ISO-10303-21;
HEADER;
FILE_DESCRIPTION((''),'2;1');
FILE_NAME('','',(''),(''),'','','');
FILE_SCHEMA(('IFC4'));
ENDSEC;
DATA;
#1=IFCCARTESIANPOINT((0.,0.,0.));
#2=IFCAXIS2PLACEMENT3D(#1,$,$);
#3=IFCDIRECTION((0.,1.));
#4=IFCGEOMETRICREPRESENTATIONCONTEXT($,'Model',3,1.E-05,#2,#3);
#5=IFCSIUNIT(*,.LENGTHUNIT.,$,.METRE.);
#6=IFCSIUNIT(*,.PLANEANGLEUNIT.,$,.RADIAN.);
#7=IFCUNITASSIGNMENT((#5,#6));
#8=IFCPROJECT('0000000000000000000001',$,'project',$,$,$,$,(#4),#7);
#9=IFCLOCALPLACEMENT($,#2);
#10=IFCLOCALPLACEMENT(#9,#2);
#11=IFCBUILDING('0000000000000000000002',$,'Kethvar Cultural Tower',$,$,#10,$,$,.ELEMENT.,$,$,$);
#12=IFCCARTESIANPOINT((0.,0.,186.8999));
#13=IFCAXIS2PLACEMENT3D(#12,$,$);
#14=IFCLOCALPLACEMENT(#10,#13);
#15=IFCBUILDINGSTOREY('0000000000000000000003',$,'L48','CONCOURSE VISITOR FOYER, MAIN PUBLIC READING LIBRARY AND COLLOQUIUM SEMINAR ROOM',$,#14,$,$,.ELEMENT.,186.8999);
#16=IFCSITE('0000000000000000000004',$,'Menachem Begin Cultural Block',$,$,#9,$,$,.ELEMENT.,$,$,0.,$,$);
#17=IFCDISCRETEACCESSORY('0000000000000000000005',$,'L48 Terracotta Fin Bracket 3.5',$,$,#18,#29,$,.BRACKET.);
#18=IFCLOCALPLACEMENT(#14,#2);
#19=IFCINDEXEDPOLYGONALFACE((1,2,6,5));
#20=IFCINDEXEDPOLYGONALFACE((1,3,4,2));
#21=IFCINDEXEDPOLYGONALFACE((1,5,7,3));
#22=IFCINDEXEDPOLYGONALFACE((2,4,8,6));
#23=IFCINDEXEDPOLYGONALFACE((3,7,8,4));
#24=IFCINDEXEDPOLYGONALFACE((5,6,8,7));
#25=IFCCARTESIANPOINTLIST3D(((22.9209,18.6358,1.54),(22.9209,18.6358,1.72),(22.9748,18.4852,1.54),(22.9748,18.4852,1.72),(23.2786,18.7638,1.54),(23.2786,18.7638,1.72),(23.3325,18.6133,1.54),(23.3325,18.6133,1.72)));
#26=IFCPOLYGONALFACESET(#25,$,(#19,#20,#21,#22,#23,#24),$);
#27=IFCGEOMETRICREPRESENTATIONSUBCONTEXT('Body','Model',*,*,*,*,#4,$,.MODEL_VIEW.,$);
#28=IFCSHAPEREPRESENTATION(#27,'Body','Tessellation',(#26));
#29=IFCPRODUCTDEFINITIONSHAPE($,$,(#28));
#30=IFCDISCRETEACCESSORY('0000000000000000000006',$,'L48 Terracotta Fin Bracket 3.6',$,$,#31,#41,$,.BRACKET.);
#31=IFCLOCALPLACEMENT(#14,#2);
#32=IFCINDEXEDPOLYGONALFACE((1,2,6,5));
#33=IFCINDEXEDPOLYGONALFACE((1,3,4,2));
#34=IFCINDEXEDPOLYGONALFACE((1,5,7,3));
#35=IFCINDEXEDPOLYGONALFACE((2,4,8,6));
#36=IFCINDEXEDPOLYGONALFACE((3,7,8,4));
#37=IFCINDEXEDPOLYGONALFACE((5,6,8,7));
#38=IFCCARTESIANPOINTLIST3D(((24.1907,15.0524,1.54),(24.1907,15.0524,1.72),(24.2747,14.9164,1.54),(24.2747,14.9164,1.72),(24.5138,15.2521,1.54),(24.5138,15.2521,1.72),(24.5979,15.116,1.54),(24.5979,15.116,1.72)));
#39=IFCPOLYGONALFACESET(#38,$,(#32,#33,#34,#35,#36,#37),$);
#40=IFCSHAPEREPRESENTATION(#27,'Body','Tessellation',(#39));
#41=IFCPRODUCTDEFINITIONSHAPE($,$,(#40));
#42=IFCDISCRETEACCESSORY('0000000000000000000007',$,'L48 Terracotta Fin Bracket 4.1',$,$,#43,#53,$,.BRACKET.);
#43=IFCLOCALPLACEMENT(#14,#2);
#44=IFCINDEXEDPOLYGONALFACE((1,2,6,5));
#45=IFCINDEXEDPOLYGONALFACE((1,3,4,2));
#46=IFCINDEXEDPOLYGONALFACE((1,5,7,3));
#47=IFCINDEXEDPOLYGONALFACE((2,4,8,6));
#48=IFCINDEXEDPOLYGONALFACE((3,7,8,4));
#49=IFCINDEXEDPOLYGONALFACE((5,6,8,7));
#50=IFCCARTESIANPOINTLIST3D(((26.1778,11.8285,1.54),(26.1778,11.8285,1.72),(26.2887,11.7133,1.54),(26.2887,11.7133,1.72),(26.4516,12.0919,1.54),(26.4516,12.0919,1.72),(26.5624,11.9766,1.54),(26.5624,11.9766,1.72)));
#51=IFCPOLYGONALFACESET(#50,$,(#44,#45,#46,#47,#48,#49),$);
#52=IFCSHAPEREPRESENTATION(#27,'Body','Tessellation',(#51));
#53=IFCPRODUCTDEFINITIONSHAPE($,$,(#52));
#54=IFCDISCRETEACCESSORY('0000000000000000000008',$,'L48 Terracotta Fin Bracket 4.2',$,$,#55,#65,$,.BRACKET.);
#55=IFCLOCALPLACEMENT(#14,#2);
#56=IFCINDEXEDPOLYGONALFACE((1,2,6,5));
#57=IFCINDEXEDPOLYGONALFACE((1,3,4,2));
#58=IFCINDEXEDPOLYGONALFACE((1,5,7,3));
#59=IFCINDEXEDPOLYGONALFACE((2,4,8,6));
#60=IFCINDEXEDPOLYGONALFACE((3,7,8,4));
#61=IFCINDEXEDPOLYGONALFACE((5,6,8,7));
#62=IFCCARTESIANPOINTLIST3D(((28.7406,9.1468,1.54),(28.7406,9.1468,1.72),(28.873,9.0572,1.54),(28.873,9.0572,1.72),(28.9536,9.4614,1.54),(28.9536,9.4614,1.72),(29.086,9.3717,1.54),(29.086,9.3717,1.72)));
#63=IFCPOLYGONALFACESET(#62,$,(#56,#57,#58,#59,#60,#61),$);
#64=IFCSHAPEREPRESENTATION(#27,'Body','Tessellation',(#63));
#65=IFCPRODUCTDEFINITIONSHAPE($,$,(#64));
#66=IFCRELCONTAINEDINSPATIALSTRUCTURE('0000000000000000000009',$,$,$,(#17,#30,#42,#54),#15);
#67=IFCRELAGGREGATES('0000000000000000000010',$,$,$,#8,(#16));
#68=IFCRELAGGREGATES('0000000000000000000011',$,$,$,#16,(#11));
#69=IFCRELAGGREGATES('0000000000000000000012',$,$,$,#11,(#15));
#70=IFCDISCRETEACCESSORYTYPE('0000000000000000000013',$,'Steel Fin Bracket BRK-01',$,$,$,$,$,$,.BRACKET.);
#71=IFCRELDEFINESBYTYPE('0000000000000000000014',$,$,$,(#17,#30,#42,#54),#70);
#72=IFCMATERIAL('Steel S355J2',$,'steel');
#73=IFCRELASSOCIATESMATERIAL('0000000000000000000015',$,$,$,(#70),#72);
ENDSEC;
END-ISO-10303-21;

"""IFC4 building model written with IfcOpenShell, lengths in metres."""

from ifc_helpers import new_model, si_unit, direction, frame, origin, origin_2d, place, context, subcontext, project, spatial, rectangle, extrude, source, transform, mapped, material, type_object, element, save


model = new_model("IFC4")

# Units and contexts
model_context = context("Model", 3, precision=1e-05, world=origin(), true_north=direction((0.0, 1.0)))
body_context = subcontext(model_context, "Body", "Model", "MODEL_VIEW")
ifc_project = project(units=[si_unit("LENGTHUNIT", "METRE"), si_unit("PLANEANGLEUNIT", "RADIAN")], contexts=[model_context])

# Site, building, storey
site_placement = place(None, origin())
site = spatial("IfcSite", under=ifc_project, at=site_placement, Name="Menachem Begin Cultural Block", CompositionType="ELEMENT", RefElevation=0.0)
building_placement = place(site_placement, origin())
building = spatial("IfcBuilding", under=site, at=building_placement, Name="Kethvar Cultural Tower", CompositionType="ELEMENT")
storey_placement = place(building_placement, frame((0.0, 0.0, 186.8999)))
storey = spatial("IfcBuildingStorey", under=building, at=storey_placement, Name="L48", Description="CONCOURSE VISITOR FOYER, MAIN PUBLIC READING LIBRARY AND COLLOQUIUM SEMINAR ROOM", CompositionType="ELEMENT", Elevation=186.8999)

# Shared definitions
ifc_material_1 = material(Name="Steel S355J2", Category="steel")

# Discrete accessories
discrete_accessory_type = type_object("IfcDiscreteAccessoryType", Name="Steel Fin Bracket BRK-01", PredefinedType="BRACKET", material=ifc_material_1)
shared_shape_1 = source(origin(), body_context, "Body", "SweptSolid", [
    extrude(rectangle(XDim=0.3799, YDim=0.1599, at=origin_2d()), origin(), (0.0, 0.0, 1.0), 0.1799),
])
for number, where, z_axis, x_axis, name in (
    (1, (23.1267, 18.6245, 1.54), (0.0, 0.0, 1.0), (-0.941471, -0.337095, 0.0), "L48 Terracotta Fin Bracket 3.5"),
    (2, (24.3943, 15.0842, 1.54), (0.0, 0.0, 1.0), (-0.850719, -0.52562, 0.0), "L48 Terracotta Fin Bracket 3.6"),
    (3, (26.3701, 11.9026, 1.54), (0.0, 0.0, 1.0), (-0.720672, -0.693276, 0.0), "L48 Terracotta Fin Bracket 4.1"),
    (4, (28.9133, 9.2593, 1.54), (0.0, 0.0, 1.0), (-0.560639, -0.82806, 0.0), "L48 Terracotta Fin Bracket 4.2"),
):
    element("IfcDiscreteAccessory", number, at=place(storey_placement, frame(where, z_axis=z_axis, x_axis=x_axis)), inside=storey, type_object=discrete_accessory_type, Name=name, PredefinedType="BRACKET", context=body_context, shape_type="MappedRepresentation", body=[
        mapped(shared_shape_1, transform((0.0, 0.0, 0.0), scale=1.0)),
    ])

save(model, "model.ifc")
